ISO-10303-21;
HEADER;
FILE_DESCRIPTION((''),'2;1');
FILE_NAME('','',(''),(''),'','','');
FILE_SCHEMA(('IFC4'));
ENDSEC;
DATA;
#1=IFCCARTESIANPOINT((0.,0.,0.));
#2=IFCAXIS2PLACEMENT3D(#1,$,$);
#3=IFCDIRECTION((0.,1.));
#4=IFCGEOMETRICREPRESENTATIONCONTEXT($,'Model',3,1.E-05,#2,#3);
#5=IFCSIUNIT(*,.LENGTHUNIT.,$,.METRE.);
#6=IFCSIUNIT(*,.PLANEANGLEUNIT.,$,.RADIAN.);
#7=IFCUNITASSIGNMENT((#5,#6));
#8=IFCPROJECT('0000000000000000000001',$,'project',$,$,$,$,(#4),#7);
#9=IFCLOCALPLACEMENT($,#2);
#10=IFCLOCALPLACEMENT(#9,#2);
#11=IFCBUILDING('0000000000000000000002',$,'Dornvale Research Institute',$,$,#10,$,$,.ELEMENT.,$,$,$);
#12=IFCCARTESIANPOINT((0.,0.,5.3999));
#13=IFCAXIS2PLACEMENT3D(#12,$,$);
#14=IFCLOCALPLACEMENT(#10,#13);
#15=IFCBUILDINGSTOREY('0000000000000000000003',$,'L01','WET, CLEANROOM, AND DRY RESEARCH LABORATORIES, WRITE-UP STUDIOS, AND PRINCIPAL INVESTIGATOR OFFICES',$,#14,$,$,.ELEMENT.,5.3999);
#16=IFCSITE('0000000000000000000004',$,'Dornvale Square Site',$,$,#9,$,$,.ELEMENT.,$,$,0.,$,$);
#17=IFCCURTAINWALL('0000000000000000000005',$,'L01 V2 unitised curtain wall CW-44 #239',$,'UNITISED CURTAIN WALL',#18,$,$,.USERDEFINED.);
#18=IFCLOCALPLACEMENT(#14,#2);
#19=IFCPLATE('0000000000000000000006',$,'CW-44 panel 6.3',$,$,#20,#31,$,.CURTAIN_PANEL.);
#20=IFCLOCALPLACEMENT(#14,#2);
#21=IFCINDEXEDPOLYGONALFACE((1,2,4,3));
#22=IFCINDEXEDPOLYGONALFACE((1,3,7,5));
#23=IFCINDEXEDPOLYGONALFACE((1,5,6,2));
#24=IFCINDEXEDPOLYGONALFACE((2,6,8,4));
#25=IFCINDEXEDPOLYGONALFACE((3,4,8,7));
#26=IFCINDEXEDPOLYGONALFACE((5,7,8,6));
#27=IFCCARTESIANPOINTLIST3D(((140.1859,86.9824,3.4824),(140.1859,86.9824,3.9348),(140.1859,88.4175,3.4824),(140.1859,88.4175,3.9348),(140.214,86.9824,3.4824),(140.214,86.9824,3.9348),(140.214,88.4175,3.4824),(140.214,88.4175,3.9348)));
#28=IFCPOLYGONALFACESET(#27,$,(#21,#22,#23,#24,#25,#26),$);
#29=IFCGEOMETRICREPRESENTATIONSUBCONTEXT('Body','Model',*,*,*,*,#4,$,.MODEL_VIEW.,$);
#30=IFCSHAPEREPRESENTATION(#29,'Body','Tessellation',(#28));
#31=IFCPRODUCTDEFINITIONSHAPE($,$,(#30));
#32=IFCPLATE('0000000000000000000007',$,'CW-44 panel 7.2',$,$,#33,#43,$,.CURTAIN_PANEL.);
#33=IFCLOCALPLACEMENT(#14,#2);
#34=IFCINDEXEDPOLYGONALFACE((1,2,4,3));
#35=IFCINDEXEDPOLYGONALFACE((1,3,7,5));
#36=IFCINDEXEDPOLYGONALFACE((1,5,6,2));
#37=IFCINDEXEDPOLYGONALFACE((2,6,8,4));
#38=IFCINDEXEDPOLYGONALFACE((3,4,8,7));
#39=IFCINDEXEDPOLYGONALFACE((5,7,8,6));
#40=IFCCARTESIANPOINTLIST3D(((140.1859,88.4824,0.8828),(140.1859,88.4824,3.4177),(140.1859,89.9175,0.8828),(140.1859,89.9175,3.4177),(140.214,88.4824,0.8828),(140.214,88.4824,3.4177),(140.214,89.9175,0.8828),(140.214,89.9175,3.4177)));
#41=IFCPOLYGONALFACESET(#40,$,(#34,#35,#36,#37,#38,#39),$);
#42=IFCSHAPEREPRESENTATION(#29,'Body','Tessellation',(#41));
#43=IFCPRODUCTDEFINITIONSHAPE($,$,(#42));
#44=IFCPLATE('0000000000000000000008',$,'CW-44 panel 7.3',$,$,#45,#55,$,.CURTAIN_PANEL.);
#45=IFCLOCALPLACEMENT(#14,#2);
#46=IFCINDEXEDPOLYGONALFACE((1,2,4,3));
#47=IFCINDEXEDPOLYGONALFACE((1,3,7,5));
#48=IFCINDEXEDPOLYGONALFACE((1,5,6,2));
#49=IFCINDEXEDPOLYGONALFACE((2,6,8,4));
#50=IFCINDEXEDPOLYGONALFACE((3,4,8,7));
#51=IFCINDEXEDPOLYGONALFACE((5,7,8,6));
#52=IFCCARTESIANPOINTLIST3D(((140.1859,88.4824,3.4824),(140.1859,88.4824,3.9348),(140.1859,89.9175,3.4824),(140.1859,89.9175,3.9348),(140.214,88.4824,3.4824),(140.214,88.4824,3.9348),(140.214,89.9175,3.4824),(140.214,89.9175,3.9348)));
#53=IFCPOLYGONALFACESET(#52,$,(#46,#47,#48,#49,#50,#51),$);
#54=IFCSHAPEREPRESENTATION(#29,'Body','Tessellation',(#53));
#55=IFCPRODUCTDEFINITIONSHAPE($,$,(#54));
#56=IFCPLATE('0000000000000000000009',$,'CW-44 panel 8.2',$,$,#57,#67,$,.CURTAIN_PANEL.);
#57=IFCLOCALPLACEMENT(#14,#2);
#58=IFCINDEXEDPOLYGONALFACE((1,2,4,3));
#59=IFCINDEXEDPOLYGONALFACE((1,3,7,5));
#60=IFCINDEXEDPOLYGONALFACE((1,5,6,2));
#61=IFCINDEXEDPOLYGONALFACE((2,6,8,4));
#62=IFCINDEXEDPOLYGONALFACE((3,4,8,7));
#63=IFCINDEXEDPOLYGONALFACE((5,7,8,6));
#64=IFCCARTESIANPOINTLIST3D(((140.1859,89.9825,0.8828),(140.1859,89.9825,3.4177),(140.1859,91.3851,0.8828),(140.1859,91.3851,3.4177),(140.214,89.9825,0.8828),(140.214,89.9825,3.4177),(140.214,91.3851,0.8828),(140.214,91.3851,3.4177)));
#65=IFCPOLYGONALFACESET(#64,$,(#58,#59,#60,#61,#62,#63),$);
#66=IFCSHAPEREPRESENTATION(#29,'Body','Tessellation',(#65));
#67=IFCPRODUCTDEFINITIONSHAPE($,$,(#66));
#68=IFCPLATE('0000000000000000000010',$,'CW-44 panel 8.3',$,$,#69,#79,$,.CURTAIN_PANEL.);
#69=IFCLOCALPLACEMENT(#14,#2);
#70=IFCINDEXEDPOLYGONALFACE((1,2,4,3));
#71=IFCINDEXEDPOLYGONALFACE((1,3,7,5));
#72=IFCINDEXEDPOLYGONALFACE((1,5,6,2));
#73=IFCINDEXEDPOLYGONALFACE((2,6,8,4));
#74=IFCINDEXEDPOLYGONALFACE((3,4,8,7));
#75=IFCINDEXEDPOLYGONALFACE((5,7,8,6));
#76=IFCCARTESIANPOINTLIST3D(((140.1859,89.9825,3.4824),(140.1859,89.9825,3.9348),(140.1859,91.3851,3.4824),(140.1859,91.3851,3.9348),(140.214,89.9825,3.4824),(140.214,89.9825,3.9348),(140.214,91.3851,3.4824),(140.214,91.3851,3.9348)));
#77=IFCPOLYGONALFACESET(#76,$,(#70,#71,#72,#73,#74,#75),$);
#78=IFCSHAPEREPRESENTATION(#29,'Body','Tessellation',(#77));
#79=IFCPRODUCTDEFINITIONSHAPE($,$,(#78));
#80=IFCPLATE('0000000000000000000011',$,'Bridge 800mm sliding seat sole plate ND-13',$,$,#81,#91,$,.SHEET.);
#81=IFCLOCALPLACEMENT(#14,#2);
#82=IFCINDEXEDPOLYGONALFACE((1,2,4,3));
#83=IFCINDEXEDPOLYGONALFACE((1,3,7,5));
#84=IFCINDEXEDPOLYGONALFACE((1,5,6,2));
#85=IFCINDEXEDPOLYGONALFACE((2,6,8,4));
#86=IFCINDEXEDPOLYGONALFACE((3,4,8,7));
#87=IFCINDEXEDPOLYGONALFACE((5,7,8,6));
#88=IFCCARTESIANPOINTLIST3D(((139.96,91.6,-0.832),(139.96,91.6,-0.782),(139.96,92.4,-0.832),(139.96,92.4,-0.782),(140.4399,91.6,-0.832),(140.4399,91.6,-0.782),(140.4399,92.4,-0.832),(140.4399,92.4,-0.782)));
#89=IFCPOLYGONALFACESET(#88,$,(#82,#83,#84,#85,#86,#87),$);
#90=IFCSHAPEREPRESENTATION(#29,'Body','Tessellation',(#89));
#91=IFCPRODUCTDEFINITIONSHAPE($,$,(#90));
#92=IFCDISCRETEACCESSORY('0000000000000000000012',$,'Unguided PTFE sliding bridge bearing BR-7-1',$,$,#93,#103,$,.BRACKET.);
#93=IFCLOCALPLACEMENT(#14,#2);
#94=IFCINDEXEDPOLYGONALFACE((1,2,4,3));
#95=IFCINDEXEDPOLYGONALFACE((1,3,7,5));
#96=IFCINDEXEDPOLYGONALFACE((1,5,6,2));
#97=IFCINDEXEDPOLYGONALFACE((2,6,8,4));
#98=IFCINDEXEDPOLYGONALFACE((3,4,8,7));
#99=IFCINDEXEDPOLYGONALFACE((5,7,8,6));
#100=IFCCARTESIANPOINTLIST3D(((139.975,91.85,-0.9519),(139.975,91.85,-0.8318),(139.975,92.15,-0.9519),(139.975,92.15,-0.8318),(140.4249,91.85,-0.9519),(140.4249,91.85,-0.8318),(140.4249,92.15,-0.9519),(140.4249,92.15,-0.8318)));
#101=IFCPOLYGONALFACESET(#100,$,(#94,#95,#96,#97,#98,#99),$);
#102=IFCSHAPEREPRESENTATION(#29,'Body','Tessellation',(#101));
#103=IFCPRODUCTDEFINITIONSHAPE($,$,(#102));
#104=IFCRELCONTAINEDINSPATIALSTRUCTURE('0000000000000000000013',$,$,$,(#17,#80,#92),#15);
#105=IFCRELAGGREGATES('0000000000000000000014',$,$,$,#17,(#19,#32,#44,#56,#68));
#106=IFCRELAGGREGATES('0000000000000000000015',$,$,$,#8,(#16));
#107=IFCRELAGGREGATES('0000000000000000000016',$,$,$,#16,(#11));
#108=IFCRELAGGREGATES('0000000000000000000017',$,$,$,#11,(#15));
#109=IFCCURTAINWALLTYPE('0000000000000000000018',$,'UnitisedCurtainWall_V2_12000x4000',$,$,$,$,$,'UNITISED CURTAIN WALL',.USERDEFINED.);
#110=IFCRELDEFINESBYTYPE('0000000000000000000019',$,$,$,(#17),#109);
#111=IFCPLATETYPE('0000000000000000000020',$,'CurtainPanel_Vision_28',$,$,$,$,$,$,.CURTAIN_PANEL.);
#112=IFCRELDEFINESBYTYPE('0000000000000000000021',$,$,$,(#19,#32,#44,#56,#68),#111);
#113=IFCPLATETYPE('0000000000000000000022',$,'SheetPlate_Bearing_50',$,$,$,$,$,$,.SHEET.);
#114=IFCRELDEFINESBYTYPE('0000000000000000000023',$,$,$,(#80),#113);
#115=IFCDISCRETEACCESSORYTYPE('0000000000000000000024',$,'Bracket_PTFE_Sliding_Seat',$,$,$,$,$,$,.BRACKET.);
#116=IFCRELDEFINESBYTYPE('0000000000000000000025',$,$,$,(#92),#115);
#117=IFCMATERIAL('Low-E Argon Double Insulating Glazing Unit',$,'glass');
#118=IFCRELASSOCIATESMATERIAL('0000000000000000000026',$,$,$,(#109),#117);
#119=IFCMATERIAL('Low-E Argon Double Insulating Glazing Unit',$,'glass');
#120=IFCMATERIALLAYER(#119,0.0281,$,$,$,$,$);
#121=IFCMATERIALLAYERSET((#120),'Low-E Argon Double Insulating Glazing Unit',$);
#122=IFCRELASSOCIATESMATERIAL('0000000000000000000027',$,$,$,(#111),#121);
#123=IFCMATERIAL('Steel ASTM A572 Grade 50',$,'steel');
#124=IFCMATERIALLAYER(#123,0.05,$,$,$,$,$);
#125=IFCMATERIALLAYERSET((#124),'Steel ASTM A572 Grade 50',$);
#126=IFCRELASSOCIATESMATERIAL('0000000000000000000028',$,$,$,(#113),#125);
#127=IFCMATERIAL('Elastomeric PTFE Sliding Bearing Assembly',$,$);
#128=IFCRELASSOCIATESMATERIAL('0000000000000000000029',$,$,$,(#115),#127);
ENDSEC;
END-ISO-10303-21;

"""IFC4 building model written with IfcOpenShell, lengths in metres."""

from ifc_helpers import new_model, si_unit, direction, frame, origin, origin_2d, place, context, subcontext, project, spatial, rectangle, extrude, material, layer, layer_set, type_object, element, aggregate, save


model = new_model("IFC4")

# Units and contexts
model_context = context("Model", 3, precision=1e-05, world=origin(), true_north=direction((0.0, 1.0)))
body_context = subcontext(model_context, "Body", "Model", "MODEL_VIEW")
ifc_project = project(units=[si_unit("LENGTHUNIT", "METRE"), si_unit("PLANEANGLEUNIT", "RADIAN")], contexts=[model_context])

# Site, building, storey
site_placement = place(None, origin())
site = spatial("IfcSite", under=ifc_project, at=site_placement, Name="Dornvale Square Site", CompositionType="ELEMENT", RefElevation=0.0)
building_placement = place(site_placement, origin())
building = spatial("IfcBuilding", under=site, at=building_placement, Name="Dornvale Research Institute", CompositionType="ELEMENT")
storey_placement = place(building_placement, frame((0.0, 0.0, 5.3999)))
storey = spatial("IfcBuildingStorey", under=building, at=storey_placement, Name="L01", Description="WET, CLEANROOM, AND DRY RESEARCH LABORATORIES, WRITE-UP STUDIOS, AND PRINCIPAL INVESTIGATOR OFFICES", CompositionType="ELEMENT", Elevation=5.3999)

# Curtain wall
ifc_material_1 = material(Name="Low-E Argon Double Insulating Glazing Unit", Category="glass")
curtain_wall_type = type_object("IfcCurtainWallType", Name="UnitisedCurtainWall_V2_12000x4000", ElementType="UNITISED CURTAIN WALL", PredefinedType="USERDEFINED", material=ifc_material_1)
curtain_wall_placement = place(storey_placement, origin())
curtain_wall = element("IfcCurtainWall", 1, at=curtain_wall_placement, inside=storey, type_object=curtain_wall_type, Name="L01 V2 unitised curtain wall CW-44 #239", ObjectType="UNITISED CURTAIN WALL", PredefinedType="USERDEFINED")

# Plates
ifc_material_2 = material(Name="Low-E Argon Double Insulating Glazing Unit", Category="glass")
ifc_layer_1 = layer(ifc_material_2, 0.0281)
ifc_layer_set_1 = layer_set([ifc_layer_1], Name="Low-E Argon Double Insulating Glazing Unit")
plate_type_1 = type_object("IfcPlateType", Name="CurtainPanel_Vision_28", PredefinedType="CURTAIN_PANEL", material=ifc_layer_set_1)
plate_1_placement = place(storey_placement, frame((140.2, 87.7, 3.4824), z_axis=(0.0, 0.0, 1.0), x_axis=(0.0, 1.0, 0.0)))
plate_1 = element("IfcPlate", 2, at=plate_1_placement, type_object=plate_type_1, Name="CW-44 panel 6.3", PredefinedType="CURTAIN_PANEL", context=body_context, shape_type="SweptSolid", body=[
    extrude(rectangle(XDim=1.4351, YDim=0.0281, at=origin_2d()), origin(), (0.0, 0.0, 1.0), 0.4524),
])
plate_2_placement = place(storey_placement, frame((140.2, 89.2, 0.8828), z_axis=(0.0, 0.0, 1.0), x_axis=(0.0, 1.0, 0.0)))
plate_2 = element("IfcPlate", 3, at=plate_2_placement, type_object=plate_type_1, Name="CW-44 panel 7.2", PredefinedType="CURTAIN_PANEL", context=body_context, shape_type="SweptSolid", body=[
    extrude(rectangle(XDim=1.4351, YDim=0.0281, at=origin_2d()), origin(), (0.0, 0.0, 1.0), 2.5349),
])
plate_3_placement = place(storey_placement, frame((140.2, 89.2, 3.4824), z_axis=(0.0, 0.0, 1.0), x_axis=(0.0, 1.0, 0.0)))
plate_3 = element("IfcPlate", 4, at=plate_3_placement, type_object=plate_type_1, Name="CW-44 panel 7.3", PredefinedType="CURTAIN_PANEL", context=body_context, shape_type="SweptSolid", body=[
    extrude(rectangle(XDim=1.4351, YDim=0.0281, at=origin_2d()), origin(), (0.0, 0.0, 1.0), 0.4524),
])
plate_4_placement = place(storey_placement, frame((140.2, 90.6838, 0.8828), z_axis=(0.0, 0.0, 1.0), x_axis=(0.0, 1.0, 0.0)))
plate_4 = element("IfcPlate", 5, at=plate_4_placement, type_object=plate_type_1, Name="CW-44 panel 8.2", PredefinedType="CURTAIN_PANEL", context=body_context, shape_type="SweptSolid", body=[
    extrude(rectangle(XDim=1.4026, YDim=0.0281, at=origin_2d()), origin(), (0.0, 0.0, 1.0), 2.5349),
])
plate_5_placement = place(storey_placement, frame((140.2, 90.6838, 3.4824), z_axis=(0.0, 0.0, 1.0), x_axis=(0.0, 1.0, 0.0)))
plate_5 = element("IfcPlate", 6, at=plate_5_placement, type_object=plate_type_1, Name="CW-44 panel 8.3", PredefinedType="CURTAIN_PANEL", context=body_context, shape_type="SweptSolid", body=[
    extrude(rectangle(XDim=1.4026, YDim=0.0281, at=origin_2d()), origin(), (0.0, 0.0, 1.0), 0.4524),
])
aggregate(curtain_wall, [plate_1, plate_2, plate_3, plate_4, plate_5])
ifc_material_3 = material(Name="Steel ASTM A572 Grade 50", Category="steel")
ifc_layer_2 = layer(ifc_material_3, 0.05)
ifc_layer_set_2 = layer_set([ifc_layer_2], Name="Steel ASTM A572 Grade 50")
plate_type_2 = type_object("IfcPlateType", Name="SheetPlate_Bearing_50", PredefinedType="SHEET", material=ifc_layer_set_2)
plate_6_placement = place(storey_placement, frame((140.2, 92.0, -0.832), z_axis=(0.0, 0.0, 1.0), x_axis=(1.0, 0.0, 0.0)))
element("IfcPlate", 7, at=plate_6_placement, inside=storey, type_object=plate_type_2, Name="Bridge 800mm sliding seat sole plate ND-13", PredefinedType="SHEET", context=body_context, shape_type="SweptSolid", body=[
    extrude(rectangle(XDim=0.48, YDim=0.8, at=origin_2d()), origin(), (0.0, 0.0, 1.0), 0.05),
])

# Discrete accessory
ifc_material_4 = material(Name="Elastomeric PTFE Sliding Bearing Assembly")
discrete_accessory_type = type_object("IfcDiscreteAccessoryType", Name="Bracket_PTFE_Sliding_Seat", PredefinedType="BRACKET", material=ifc_material_4)
discrete_accessory_placement = place(storey_placement, frame((140.2, 92.0, -0.9519), z_axis=(0.0, 0.0, 1.0), x_axis=(1.0, 0.0, 0.0)))
element("IfcDiscreteAccessory", 8, at=discrete_accessory_placement, inside=storey, type_object=discrete_accessory_type, Name="Unguided PTFE sliding bridge bearing BR-7-1", PredefinedType="BRACKET", context=body_context, shape_type="SweptSolid", body=[
    extrude(rectangle(XDim=0.45, YDim=0.3, at=origin_2d()), origin(), (0.0, 0.0, 1.0), 0.1201),
])

save(model, "model.ifc")
